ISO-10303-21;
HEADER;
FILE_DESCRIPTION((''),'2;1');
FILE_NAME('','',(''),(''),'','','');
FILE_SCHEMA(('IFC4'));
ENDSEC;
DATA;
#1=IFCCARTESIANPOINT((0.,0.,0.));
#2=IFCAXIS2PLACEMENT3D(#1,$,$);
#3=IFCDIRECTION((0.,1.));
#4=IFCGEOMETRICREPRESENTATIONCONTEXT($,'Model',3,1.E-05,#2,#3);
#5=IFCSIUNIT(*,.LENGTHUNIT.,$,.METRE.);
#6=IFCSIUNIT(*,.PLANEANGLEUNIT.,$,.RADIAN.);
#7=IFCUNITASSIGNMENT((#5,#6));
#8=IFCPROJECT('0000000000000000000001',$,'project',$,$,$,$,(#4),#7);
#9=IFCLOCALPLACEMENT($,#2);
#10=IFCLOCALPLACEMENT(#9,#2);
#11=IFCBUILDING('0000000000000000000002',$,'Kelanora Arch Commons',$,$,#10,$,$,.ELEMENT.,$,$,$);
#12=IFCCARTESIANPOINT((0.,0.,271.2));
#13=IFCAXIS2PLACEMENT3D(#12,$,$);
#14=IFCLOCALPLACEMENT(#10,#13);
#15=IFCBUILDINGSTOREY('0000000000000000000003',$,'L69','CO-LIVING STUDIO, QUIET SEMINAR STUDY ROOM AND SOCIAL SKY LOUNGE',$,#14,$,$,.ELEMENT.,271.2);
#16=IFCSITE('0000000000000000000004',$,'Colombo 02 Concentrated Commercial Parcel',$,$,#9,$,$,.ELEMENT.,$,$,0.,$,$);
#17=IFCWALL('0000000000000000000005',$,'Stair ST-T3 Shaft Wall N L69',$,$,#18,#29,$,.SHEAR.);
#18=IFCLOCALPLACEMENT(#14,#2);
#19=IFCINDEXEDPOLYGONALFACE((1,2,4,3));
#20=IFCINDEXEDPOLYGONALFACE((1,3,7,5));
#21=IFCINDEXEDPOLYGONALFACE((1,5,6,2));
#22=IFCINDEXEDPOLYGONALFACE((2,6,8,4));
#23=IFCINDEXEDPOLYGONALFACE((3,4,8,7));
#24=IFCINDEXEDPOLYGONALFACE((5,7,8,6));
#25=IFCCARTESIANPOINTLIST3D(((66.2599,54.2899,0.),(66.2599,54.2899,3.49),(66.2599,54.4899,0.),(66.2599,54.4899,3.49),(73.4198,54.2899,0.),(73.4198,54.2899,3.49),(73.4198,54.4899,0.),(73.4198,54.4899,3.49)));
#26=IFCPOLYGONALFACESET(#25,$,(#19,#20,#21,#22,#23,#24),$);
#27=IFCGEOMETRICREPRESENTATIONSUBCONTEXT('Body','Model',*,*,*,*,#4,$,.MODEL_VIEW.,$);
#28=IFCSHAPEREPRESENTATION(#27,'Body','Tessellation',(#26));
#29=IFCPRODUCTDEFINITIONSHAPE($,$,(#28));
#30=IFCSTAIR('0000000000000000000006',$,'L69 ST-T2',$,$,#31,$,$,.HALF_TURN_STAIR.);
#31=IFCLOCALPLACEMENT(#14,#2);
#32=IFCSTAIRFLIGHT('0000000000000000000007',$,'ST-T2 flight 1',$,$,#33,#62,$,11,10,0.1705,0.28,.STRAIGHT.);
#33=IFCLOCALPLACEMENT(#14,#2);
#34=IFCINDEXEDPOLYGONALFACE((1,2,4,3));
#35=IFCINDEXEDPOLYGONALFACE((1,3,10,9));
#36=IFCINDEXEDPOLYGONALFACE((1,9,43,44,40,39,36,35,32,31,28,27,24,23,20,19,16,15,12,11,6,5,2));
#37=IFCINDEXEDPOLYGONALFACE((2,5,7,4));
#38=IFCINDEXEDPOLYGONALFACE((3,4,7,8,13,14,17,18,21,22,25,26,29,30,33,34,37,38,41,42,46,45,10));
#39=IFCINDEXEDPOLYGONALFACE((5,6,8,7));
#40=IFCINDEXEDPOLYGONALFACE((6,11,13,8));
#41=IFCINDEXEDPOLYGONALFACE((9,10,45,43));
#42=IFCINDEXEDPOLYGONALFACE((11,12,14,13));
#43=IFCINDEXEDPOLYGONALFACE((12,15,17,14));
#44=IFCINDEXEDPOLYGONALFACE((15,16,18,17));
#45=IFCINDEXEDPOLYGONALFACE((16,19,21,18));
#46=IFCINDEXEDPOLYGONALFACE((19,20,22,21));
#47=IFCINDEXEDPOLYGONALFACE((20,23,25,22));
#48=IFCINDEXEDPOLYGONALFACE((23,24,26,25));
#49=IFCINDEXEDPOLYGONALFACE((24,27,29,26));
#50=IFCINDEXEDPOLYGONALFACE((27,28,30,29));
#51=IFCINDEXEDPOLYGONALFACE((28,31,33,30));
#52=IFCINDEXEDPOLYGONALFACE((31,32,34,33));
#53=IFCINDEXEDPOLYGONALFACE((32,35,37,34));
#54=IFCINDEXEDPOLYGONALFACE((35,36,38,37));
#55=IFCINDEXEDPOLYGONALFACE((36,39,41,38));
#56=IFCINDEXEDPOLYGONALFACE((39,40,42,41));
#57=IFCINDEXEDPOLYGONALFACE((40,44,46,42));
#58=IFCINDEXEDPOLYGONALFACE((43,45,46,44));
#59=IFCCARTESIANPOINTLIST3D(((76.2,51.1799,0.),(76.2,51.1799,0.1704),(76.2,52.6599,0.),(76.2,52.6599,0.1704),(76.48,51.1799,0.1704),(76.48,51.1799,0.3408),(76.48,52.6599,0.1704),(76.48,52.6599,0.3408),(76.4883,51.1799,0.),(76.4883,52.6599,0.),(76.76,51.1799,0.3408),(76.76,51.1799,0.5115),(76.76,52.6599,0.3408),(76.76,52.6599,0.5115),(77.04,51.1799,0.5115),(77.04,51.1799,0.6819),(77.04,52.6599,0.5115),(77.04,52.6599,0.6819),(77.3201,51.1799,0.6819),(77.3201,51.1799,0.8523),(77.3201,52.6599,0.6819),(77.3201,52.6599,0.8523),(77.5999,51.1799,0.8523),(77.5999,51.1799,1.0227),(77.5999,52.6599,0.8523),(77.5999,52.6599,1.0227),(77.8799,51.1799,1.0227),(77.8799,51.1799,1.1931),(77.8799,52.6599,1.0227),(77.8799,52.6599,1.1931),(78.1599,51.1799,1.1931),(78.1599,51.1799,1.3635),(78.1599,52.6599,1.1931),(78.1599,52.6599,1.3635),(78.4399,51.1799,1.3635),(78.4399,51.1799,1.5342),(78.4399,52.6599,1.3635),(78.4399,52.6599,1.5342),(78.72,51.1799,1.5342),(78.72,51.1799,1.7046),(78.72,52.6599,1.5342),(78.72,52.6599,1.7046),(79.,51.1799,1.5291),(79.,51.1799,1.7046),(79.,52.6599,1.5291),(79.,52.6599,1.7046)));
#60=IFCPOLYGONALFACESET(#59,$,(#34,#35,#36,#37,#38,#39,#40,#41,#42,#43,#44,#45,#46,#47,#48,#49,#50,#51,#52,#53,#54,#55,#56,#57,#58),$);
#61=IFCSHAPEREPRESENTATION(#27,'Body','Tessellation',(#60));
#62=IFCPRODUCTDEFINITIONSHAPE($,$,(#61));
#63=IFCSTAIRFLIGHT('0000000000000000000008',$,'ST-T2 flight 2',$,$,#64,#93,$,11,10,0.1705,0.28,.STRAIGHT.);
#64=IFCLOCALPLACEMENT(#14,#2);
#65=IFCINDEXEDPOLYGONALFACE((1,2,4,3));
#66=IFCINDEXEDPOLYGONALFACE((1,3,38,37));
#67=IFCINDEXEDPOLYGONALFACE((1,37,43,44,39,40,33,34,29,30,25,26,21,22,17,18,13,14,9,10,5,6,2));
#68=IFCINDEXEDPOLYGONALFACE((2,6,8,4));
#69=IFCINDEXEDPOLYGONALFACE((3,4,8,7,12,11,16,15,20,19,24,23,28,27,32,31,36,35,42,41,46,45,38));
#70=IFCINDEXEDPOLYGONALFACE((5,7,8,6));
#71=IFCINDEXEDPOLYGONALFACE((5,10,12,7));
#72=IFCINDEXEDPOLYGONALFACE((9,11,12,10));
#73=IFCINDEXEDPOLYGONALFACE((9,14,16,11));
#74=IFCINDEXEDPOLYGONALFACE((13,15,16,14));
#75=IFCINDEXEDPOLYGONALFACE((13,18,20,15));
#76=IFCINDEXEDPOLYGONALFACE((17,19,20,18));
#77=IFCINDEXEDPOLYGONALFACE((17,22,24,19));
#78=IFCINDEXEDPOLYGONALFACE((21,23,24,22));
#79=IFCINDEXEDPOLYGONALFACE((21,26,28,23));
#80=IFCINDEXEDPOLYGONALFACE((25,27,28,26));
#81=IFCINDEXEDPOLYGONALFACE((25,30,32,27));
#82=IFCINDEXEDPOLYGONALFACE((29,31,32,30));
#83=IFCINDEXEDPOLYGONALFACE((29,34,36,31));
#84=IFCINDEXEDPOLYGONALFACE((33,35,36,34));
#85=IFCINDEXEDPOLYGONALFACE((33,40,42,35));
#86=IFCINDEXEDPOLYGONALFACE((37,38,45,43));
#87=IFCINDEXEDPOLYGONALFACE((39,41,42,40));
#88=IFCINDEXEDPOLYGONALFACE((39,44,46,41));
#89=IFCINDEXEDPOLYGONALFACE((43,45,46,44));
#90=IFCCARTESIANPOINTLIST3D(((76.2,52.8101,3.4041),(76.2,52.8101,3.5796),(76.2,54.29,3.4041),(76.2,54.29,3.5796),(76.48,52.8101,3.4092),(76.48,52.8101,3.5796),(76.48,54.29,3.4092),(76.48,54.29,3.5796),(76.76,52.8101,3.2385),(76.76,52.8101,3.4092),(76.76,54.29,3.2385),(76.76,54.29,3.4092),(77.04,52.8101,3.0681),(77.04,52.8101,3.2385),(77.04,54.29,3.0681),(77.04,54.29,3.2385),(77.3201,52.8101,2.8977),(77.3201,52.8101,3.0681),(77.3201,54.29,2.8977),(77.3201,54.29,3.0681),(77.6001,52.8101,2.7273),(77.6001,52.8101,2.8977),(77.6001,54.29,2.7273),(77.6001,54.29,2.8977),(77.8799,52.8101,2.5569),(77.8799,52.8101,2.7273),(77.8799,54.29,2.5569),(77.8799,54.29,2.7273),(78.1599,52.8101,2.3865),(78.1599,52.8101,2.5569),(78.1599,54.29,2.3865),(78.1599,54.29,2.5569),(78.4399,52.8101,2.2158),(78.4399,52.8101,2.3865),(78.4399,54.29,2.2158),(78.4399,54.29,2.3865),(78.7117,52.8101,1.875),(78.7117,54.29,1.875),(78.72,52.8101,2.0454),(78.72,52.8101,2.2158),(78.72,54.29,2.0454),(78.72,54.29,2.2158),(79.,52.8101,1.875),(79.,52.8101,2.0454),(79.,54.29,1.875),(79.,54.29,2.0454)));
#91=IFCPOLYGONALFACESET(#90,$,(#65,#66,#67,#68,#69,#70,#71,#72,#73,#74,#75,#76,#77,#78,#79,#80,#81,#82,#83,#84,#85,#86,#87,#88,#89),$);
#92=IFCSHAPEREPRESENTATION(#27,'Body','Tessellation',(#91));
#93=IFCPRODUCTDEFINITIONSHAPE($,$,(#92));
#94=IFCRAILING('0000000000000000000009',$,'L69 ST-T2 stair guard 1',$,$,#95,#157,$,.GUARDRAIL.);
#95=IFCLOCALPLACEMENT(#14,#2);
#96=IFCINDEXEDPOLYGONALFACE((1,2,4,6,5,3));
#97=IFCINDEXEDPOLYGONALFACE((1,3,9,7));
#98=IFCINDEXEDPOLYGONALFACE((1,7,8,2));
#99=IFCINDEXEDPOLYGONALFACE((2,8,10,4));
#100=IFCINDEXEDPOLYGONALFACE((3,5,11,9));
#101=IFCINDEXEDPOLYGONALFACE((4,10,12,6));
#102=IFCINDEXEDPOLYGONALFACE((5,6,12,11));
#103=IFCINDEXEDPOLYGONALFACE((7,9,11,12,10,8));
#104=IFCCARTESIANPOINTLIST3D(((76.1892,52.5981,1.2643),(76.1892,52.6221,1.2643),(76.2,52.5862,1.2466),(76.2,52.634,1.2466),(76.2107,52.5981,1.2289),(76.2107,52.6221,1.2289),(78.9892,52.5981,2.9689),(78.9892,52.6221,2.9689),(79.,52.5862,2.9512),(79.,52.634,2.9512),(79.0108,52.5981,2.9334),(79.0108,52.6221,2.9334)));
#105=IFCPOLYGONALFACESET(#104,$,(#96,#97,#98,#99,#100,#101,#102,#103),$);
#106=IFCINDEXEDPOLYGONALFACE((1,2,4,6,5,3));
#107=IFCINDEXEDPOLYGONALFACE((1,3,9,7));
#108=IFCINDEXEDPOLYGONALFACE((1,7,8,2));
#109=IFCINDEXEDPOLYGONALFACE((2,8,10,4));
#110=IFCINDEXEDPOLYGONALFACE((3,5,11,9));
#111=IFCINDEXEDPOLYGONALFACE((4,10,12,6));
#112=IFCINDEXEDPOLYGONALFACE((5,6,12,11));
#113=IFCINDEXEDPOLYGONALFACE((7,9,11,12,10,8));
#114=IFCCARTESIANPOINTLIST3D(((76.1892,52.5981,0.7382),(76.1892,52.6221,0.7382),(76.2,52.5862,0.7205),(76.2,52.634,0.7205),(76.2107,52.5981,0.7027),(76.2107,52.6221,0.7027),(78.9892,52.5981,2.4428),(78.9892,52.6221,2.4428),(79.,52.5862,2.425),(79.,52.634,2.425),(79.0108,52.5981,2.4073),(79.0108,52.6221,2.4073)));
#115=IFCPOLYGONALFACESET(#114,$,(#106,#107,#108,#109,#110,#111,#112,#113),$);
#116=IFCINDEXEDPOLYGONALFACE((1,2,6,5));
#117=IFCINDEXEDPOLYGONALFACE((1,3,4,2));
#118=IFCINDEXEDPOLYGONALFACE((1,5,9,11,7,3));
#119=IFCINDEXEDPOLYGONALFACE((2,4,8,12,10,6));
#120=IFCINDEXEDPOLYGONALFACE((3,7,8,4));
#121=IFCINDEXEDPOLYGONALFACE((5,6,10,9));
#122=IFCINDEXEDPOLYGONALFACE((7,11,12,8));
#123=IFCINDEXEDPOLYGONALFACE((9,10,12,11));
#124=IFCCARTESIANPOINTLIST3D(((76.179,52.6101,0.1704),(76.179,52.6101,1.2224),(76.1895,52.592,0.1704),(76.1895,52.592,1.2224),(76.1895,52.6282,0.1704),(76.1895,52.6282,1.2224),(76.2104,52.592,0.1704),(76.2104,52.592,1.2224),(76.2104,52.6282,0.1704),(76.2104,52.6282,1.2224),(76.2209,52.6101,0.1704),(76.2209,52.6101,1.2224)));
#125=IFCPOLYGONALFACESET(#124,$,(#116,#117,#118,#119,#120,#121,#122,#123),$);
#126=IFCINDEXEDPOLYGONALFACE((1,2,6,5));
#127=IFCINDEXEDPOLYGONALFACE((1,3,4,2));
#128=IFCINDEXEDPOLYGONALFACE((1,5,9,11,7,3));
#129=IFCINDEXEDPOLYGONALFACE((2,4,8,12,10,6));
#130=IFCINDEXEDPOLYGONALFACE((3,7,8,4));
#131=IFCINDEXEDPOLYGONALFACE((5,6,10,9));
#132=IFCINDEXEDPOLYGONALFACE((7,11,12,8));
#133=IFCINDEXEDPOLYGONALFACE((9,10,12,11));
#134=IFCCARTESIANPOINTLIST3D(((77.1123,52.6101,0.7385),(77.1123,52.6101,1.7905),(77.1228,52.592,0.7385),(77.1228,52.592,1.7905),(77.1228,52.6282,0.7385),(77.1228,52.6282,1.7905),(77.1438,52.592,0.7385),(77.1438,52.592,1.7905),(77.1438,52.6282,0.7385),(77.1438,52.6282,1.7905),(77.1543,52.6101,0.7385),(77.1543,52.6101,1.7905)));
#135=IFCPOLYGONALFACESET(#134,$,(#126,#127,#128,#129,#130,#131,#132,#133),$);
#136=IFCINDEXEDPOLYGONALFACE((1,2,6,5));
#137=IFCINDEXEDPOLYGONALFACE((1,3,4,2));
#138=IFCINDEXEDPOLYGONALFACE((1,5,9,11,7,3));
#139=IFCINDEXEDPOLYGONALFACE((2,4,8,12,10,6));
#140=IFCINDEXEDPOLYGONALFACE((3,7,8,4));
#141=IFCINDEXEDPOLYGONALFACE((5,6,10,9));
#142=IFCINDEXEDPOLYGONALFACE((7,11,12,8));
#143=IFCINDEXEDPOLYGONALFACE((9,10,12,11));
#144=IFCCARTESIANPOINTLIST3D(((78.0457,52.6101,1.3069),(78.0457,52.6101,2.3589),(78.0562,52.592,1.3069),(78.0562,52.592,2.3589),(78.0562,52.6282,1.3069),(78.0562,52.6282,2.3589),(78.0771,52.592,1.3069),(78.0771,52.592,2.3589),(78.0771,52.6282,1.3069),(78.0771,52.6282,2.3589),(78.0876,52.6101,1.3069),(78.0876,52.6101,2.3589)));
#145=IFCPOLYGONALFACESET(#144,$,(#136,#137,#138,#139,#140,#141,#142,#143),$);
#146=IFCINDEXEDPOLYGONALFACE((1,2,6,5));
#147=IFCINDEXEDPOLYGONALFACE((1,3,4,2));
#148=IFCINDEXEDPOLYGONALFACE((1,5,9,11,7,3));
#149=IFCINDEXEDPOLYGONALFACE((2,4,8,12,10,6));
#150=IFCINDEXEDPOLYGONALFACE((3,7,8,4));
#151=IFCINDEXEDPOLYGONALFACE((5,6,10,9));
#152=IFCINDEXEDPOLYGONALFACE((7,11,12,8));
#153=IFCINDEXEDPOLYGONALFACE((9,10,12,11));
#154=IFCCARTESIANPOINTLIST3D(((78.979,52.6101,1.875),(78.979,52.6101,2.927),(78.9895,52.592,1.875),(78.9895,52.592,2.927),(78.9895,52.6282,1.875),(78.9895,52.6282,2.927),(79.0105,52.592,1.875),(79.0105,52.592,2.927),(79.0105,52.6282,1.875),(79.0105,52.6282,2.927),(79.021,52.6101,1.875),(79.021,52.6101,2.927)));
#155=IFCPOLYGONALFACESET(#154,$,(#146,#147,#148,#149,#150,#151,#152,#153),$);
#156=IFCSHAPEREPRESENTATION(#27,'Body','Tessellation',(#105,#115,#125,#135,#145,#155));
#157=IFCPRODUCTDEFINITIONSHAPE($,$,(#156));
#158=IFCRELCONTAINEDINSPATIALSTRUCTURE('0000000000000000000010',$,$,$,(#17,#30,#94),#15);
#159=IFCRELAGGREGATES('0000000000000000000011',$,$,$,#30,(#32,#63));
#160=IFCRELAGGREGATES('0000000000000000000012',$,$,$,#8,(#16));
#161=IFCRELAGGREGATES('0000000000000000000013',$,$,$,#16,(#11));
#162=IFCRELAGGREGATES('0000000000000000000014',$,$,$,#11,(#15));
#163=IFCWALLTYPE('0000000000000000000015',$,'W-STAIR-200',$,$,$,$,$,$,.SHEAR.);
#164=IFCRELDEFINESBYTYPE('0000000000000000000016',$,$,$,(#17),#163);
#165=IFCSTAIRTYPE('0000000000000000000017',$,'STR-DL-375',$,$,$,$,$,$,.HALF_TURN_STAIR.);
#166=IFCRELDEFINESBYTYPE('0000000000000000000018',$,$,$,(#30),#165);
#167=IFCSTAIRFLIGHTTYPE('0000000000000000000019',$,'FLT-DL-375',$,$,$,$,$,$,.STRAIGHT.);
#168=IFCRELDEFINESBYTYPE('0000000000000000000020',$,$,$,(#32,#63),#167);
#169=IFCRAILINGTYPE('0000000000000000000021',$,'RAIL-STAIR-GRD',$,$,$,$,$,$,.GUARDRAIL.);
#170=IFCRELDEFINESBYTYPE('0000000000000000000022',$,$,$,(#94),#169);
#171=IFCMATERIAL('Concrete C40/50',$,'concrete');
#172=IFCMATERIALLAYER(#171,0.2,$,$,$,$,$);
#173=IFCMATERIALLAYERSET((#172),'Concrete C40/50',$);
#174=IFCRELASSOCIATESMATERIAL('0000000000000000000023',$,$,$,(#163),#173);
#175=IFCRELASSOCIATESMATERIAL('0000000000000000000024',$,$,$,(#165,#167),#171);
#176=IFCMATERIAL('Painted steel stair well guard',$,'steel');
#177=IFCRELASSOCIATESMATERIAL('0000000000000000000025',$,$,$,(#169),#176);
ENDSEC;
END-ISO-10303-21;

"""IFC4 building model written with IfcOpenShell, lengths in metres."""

from ifc_helpers import new_model, si_unit, direction, frame, frame_2d, origin, place, context, subcontext, project, spatial, polyline, rectangle, outline, extrude, material, layer, layer_set, type_object, element, aggregate, save


model = new_model("IFC4")

# Units and contexts
model_context = context("Model", 3, precision=1e-05, world=origin(), true_north=direction((0.0, 1.0)))
body_context = subcontext(model_context, "Body", "Model", "MODEL_VIEW")
ifc_project = project(units=[si_unit("LENGTHUNIT", "METRE"), si_unit("PLANEANGLEUNIT", "RADIAN")], contexts=[model_context])

# Site, building, storey
site_placement = place(None, origin())
site = spatial("IfcSite", under=ifc_project, at=site_placement, Name="Colombo 02 Concentrated Commercial Parcel", CompositionType="ELEMENT", RefElevation=0.0)
building_placement = place(site_placement, origin())
building = spatial("IfcBuilding", under=site, at=building_placement, Name="Kelanora Arch Commons", CompositionType="ELEMENT")
storey_placement = place(building_placement, frame((0.0, 0.0, 271.2)))
storey = spatial("IfcBuildingStorey", under=building, at=storey_placement, Name="L69", Description="CO-LIVING STUDIO, QUIET SEMINAR STUDY ROOM AND SOCIAL SKY LOUNGE", CompositionType="ELEMENT", Elevation=271.2)

# Shared definitions
ifc_material_1 = material(Name="Concrete C40/50", Category="concrete")
ifc_layer_1 = layer(ifc_material_1, 0.2)
ifc_layer_set_1 = layer_set([ifc_layer_1], Name="Concrete C40/50")
wall_type_1 = type_object("IfcWallType", Name="W-STAIR-200", PredefinedType="SHEAR", material=ifc_layer_set_1)

# Wall
wall_1_placement = place(storey_placement, frame((73.4199, 54.3899, 0.0), z_axis=(0.0, 0.0, 1.0), x_axis=(-1.0, 0.0, 0.0)))
element("IfcWall", 1, at=wall_1_placement, inside=storey, type_object=wall_type_1, Name="Stair ST-T3 Shaft Wall N L69", PredefinedType="SHEAR", context=body_context, shape_type="SweptSolid", body=[
    extrude(rectangle(XDim=7.1599, YDim=0.2, at=frame_2d((3.5801, 0.0))), origin(), (0.0, 0.0, 1.0), 3.49),
])

# Stair, stair flights
stair_type = type_object("IfcStairType", Name="STR-DL-375", PredefinedType="HALF_TURN_STAIR", material=ifc_material_1)
stair_placement = place(storey_placement, origin())
stair = element("IfcStair", 2, at=stair_placement, inside=storey, type_object=stair_type, Name="L69 ST-T2", PredefinedType="HALF_TURN_STAIR")
stair_flight_type = type_object("IfcStairFlightType", Name="FLT-DL-375", PredefinedType="STRAIGHT", material=ifc_material_1)
stair_flight_1_placement = place(storey_placement, frame((76.2, 51.9199, 0.0), z_axis=(0.0, 0.0, 1.0), x_axis=(1.0, 0.0, 0.0)))
stair_flight_1 = element("IfcStairFlight", 3, at=stair_flight_1_placement, type_object=stair_flight_type, Name="ST-T2 flight 1", NumberOfRisers=11, NumberOfTreads=10, PredefinedType="STRAIGHT", RiserHeight=0.1705, TreadLength=0.28, context=body_context, shape_type="SweptSolid", body=[
    extrude(outline(polyline([(0.0, 0.0), (0.0, 0.1704), (0.28, 0.1704), (0.28, 0.3408), (0.5601, 0.3408), (0.5601, 0.5115), (0.8401, 0.5115), (0.8401, 0.6819), (1.1201, 0.6819), (1.1201, 0.8523), (1.3999, 0.8523), (1.3999, 1.0227), (1.6799, 1.0227), (1.6799, 1.1931), (1.96, 1.1931), (1.96, 1.3635), (2.24, 1.3635), (2.24, 1.5342), (2.52, 1.5342), (2.52, 1.7046), (2.8, 1.7046), (2.8, 1.875), (2.8, 1.5291), (0.2883, 0.0), (0.0, 0.0)])), frame((0.0, 0.74, 0.0), z_axis=(0.0, -1.0, 0.0), x_axis=(1.0, 0.0, 0.0)), (0.0, 0.0, 1.0), 1.48),
])
stair_flight_2_placement = place(storey_placement, frame((79.0, 53.55, 1.875), z_axis=(0.0, 0.0, 1.0), x_axis=(-1.0, 0.0, 0.0)))
stair_flight_2 = element("IfcStairFlight", 4, at=stair_flight_2_placement, type_object=stair_flight_type, Name="ST-T2 flight 2", NumberOfRisers=11, NumberOfTreads=10, PredefinedType="STRAIGHT", RiserHeight=0.1705, TreadLength=0.28, context=body_context, shape_type="SweptSolid", body=[
    extrude(outline(polyline([(0.0, 0.0), (0.0, 0.1704), (0.28, 0.1704), (0.28, 0.3408), (0.5601, 0.3408), (0.5601, 0.5115), (0.8401, 0.5115), (0.8401, 0.6819), (1.1201, 0.6819), (1.1201, 0.8523), (1.3999, 0.8523), (1.3999, 1.0227), (1.6799, 1.0227), (1.6799, 1.1931), (1.96, 1.1931), (1.96, 1.3635), (2.24, 1.3635), (2.24, 1.5342), (2.52, 1.5342), (2.52, 1.7046), (2.8, 1.7046), (2.8, 1.875), (2.8, 1.5291), (0.2883, 0.0), (0.0, 0.0)])), frame((0.0, 0.74, 0.0), z_axis=(0.0, -1.0, 0.0), x_axis=(1.0, 0.0, 0.0)), (0.0, 0.0, 1.0), 1.48),
])
aggregate(stair, [stair_flight_1, stair_flight_2])

# Railing
ifc_material_2 = material(Name="Painted steel stair well guard", Category="steel")
railing_type_1 = type_object("IfcRailingType", Name="RAIL-STAIR-GRD", PredefinedType="GUARDRAIL", material=ifc_material_2)
railing_1_placement = place(storey_placement, frame((76.2, 52.6101, 0.1704)))
element("IfcRailing", 5, at=railing_1_placement, inside=storey, type_object=railing_type_1, Name="L69 ST-T2 stair guard 1", PredefinedType="GUARDRAIL", context=body_context, shape_type="SweptSolid", body=[
    extrude(outline(polyline([(0.0239, 0.0), (0.012, 0.0208), (-0.012, 0.0208), (-0.0239, 0.0), (-0.012, -0.0208), (0.012, -0.0208), (0.0239, 0.0)])), frame((0.0, 0.0, 1.0762), z_axis=(0.85417, 0.0, 0.519994), x_axis=(0.0, 1.0, 0.0)), (0.0, 0.0, 1.0), 3.2781),
    extrude(outline(polyline([(0.0239, 0.0), (0.012, 0.0208), (-0.012, 0.0208), (-0.0239, 0.0), (-0.012, -0.0208), (0.012, -0.0208), (0.0239, 0.0)])), frame((0.0, 0.0, 0.55), z_axis=(0.85417, 0.0, 0.519994), x_axis=(0.0, 1.0, 0.0)), (0.0, 0.0, 1.0), 3.2781),
    extrude(outline(polyline([(0.021, 0.0), (0.0105, 0.0181), (-0.0105, 0.0181), (-0.021, 0.0), (-0.0105, -0.0181), (0.0105, -0.0181), (0.021, 0.0)])), origin(), (0.0, 0.0, 1.0), 1.052),
    extrude(outline(polyline([(0.021, 0.0), (0.0105, 0.0181), (-0.0105, 0.0181), (-0.021, 0.0), (-0.0105, -0.0181), (0.0105, -0.0181), (0.021, 0.0)])), frame((0.9333, 0.0, 0.5681)), (0.0, 0.0, 1.0), 1.052),
    extrude(outline(polyline([(0.021, 0.0), (0.0105, 0.0181), (-0.0105, 0.0181), (-0.021, 0.0), (-0.0105, -0.0181), (0.0105, -0.0181), (0.021, 0.0)])), frame((1.8667, 0.0, 1.1365)), (0.0, 0.0, 1.0), 1.052),
    extrude(outline(polyline([(0.021, 0.0), (0.0105, 0.0181), (-0.0105, 0.0181), (-0.021, 0.0), (-0.0105, -0.0181), (0.0105, -0.0181), (0.021, 0.0)])), frame((2.8, 0.0, 1.7046)), (0.0, 0.0, 1.0), 1.052),
])

save(model, "model.ifc")
